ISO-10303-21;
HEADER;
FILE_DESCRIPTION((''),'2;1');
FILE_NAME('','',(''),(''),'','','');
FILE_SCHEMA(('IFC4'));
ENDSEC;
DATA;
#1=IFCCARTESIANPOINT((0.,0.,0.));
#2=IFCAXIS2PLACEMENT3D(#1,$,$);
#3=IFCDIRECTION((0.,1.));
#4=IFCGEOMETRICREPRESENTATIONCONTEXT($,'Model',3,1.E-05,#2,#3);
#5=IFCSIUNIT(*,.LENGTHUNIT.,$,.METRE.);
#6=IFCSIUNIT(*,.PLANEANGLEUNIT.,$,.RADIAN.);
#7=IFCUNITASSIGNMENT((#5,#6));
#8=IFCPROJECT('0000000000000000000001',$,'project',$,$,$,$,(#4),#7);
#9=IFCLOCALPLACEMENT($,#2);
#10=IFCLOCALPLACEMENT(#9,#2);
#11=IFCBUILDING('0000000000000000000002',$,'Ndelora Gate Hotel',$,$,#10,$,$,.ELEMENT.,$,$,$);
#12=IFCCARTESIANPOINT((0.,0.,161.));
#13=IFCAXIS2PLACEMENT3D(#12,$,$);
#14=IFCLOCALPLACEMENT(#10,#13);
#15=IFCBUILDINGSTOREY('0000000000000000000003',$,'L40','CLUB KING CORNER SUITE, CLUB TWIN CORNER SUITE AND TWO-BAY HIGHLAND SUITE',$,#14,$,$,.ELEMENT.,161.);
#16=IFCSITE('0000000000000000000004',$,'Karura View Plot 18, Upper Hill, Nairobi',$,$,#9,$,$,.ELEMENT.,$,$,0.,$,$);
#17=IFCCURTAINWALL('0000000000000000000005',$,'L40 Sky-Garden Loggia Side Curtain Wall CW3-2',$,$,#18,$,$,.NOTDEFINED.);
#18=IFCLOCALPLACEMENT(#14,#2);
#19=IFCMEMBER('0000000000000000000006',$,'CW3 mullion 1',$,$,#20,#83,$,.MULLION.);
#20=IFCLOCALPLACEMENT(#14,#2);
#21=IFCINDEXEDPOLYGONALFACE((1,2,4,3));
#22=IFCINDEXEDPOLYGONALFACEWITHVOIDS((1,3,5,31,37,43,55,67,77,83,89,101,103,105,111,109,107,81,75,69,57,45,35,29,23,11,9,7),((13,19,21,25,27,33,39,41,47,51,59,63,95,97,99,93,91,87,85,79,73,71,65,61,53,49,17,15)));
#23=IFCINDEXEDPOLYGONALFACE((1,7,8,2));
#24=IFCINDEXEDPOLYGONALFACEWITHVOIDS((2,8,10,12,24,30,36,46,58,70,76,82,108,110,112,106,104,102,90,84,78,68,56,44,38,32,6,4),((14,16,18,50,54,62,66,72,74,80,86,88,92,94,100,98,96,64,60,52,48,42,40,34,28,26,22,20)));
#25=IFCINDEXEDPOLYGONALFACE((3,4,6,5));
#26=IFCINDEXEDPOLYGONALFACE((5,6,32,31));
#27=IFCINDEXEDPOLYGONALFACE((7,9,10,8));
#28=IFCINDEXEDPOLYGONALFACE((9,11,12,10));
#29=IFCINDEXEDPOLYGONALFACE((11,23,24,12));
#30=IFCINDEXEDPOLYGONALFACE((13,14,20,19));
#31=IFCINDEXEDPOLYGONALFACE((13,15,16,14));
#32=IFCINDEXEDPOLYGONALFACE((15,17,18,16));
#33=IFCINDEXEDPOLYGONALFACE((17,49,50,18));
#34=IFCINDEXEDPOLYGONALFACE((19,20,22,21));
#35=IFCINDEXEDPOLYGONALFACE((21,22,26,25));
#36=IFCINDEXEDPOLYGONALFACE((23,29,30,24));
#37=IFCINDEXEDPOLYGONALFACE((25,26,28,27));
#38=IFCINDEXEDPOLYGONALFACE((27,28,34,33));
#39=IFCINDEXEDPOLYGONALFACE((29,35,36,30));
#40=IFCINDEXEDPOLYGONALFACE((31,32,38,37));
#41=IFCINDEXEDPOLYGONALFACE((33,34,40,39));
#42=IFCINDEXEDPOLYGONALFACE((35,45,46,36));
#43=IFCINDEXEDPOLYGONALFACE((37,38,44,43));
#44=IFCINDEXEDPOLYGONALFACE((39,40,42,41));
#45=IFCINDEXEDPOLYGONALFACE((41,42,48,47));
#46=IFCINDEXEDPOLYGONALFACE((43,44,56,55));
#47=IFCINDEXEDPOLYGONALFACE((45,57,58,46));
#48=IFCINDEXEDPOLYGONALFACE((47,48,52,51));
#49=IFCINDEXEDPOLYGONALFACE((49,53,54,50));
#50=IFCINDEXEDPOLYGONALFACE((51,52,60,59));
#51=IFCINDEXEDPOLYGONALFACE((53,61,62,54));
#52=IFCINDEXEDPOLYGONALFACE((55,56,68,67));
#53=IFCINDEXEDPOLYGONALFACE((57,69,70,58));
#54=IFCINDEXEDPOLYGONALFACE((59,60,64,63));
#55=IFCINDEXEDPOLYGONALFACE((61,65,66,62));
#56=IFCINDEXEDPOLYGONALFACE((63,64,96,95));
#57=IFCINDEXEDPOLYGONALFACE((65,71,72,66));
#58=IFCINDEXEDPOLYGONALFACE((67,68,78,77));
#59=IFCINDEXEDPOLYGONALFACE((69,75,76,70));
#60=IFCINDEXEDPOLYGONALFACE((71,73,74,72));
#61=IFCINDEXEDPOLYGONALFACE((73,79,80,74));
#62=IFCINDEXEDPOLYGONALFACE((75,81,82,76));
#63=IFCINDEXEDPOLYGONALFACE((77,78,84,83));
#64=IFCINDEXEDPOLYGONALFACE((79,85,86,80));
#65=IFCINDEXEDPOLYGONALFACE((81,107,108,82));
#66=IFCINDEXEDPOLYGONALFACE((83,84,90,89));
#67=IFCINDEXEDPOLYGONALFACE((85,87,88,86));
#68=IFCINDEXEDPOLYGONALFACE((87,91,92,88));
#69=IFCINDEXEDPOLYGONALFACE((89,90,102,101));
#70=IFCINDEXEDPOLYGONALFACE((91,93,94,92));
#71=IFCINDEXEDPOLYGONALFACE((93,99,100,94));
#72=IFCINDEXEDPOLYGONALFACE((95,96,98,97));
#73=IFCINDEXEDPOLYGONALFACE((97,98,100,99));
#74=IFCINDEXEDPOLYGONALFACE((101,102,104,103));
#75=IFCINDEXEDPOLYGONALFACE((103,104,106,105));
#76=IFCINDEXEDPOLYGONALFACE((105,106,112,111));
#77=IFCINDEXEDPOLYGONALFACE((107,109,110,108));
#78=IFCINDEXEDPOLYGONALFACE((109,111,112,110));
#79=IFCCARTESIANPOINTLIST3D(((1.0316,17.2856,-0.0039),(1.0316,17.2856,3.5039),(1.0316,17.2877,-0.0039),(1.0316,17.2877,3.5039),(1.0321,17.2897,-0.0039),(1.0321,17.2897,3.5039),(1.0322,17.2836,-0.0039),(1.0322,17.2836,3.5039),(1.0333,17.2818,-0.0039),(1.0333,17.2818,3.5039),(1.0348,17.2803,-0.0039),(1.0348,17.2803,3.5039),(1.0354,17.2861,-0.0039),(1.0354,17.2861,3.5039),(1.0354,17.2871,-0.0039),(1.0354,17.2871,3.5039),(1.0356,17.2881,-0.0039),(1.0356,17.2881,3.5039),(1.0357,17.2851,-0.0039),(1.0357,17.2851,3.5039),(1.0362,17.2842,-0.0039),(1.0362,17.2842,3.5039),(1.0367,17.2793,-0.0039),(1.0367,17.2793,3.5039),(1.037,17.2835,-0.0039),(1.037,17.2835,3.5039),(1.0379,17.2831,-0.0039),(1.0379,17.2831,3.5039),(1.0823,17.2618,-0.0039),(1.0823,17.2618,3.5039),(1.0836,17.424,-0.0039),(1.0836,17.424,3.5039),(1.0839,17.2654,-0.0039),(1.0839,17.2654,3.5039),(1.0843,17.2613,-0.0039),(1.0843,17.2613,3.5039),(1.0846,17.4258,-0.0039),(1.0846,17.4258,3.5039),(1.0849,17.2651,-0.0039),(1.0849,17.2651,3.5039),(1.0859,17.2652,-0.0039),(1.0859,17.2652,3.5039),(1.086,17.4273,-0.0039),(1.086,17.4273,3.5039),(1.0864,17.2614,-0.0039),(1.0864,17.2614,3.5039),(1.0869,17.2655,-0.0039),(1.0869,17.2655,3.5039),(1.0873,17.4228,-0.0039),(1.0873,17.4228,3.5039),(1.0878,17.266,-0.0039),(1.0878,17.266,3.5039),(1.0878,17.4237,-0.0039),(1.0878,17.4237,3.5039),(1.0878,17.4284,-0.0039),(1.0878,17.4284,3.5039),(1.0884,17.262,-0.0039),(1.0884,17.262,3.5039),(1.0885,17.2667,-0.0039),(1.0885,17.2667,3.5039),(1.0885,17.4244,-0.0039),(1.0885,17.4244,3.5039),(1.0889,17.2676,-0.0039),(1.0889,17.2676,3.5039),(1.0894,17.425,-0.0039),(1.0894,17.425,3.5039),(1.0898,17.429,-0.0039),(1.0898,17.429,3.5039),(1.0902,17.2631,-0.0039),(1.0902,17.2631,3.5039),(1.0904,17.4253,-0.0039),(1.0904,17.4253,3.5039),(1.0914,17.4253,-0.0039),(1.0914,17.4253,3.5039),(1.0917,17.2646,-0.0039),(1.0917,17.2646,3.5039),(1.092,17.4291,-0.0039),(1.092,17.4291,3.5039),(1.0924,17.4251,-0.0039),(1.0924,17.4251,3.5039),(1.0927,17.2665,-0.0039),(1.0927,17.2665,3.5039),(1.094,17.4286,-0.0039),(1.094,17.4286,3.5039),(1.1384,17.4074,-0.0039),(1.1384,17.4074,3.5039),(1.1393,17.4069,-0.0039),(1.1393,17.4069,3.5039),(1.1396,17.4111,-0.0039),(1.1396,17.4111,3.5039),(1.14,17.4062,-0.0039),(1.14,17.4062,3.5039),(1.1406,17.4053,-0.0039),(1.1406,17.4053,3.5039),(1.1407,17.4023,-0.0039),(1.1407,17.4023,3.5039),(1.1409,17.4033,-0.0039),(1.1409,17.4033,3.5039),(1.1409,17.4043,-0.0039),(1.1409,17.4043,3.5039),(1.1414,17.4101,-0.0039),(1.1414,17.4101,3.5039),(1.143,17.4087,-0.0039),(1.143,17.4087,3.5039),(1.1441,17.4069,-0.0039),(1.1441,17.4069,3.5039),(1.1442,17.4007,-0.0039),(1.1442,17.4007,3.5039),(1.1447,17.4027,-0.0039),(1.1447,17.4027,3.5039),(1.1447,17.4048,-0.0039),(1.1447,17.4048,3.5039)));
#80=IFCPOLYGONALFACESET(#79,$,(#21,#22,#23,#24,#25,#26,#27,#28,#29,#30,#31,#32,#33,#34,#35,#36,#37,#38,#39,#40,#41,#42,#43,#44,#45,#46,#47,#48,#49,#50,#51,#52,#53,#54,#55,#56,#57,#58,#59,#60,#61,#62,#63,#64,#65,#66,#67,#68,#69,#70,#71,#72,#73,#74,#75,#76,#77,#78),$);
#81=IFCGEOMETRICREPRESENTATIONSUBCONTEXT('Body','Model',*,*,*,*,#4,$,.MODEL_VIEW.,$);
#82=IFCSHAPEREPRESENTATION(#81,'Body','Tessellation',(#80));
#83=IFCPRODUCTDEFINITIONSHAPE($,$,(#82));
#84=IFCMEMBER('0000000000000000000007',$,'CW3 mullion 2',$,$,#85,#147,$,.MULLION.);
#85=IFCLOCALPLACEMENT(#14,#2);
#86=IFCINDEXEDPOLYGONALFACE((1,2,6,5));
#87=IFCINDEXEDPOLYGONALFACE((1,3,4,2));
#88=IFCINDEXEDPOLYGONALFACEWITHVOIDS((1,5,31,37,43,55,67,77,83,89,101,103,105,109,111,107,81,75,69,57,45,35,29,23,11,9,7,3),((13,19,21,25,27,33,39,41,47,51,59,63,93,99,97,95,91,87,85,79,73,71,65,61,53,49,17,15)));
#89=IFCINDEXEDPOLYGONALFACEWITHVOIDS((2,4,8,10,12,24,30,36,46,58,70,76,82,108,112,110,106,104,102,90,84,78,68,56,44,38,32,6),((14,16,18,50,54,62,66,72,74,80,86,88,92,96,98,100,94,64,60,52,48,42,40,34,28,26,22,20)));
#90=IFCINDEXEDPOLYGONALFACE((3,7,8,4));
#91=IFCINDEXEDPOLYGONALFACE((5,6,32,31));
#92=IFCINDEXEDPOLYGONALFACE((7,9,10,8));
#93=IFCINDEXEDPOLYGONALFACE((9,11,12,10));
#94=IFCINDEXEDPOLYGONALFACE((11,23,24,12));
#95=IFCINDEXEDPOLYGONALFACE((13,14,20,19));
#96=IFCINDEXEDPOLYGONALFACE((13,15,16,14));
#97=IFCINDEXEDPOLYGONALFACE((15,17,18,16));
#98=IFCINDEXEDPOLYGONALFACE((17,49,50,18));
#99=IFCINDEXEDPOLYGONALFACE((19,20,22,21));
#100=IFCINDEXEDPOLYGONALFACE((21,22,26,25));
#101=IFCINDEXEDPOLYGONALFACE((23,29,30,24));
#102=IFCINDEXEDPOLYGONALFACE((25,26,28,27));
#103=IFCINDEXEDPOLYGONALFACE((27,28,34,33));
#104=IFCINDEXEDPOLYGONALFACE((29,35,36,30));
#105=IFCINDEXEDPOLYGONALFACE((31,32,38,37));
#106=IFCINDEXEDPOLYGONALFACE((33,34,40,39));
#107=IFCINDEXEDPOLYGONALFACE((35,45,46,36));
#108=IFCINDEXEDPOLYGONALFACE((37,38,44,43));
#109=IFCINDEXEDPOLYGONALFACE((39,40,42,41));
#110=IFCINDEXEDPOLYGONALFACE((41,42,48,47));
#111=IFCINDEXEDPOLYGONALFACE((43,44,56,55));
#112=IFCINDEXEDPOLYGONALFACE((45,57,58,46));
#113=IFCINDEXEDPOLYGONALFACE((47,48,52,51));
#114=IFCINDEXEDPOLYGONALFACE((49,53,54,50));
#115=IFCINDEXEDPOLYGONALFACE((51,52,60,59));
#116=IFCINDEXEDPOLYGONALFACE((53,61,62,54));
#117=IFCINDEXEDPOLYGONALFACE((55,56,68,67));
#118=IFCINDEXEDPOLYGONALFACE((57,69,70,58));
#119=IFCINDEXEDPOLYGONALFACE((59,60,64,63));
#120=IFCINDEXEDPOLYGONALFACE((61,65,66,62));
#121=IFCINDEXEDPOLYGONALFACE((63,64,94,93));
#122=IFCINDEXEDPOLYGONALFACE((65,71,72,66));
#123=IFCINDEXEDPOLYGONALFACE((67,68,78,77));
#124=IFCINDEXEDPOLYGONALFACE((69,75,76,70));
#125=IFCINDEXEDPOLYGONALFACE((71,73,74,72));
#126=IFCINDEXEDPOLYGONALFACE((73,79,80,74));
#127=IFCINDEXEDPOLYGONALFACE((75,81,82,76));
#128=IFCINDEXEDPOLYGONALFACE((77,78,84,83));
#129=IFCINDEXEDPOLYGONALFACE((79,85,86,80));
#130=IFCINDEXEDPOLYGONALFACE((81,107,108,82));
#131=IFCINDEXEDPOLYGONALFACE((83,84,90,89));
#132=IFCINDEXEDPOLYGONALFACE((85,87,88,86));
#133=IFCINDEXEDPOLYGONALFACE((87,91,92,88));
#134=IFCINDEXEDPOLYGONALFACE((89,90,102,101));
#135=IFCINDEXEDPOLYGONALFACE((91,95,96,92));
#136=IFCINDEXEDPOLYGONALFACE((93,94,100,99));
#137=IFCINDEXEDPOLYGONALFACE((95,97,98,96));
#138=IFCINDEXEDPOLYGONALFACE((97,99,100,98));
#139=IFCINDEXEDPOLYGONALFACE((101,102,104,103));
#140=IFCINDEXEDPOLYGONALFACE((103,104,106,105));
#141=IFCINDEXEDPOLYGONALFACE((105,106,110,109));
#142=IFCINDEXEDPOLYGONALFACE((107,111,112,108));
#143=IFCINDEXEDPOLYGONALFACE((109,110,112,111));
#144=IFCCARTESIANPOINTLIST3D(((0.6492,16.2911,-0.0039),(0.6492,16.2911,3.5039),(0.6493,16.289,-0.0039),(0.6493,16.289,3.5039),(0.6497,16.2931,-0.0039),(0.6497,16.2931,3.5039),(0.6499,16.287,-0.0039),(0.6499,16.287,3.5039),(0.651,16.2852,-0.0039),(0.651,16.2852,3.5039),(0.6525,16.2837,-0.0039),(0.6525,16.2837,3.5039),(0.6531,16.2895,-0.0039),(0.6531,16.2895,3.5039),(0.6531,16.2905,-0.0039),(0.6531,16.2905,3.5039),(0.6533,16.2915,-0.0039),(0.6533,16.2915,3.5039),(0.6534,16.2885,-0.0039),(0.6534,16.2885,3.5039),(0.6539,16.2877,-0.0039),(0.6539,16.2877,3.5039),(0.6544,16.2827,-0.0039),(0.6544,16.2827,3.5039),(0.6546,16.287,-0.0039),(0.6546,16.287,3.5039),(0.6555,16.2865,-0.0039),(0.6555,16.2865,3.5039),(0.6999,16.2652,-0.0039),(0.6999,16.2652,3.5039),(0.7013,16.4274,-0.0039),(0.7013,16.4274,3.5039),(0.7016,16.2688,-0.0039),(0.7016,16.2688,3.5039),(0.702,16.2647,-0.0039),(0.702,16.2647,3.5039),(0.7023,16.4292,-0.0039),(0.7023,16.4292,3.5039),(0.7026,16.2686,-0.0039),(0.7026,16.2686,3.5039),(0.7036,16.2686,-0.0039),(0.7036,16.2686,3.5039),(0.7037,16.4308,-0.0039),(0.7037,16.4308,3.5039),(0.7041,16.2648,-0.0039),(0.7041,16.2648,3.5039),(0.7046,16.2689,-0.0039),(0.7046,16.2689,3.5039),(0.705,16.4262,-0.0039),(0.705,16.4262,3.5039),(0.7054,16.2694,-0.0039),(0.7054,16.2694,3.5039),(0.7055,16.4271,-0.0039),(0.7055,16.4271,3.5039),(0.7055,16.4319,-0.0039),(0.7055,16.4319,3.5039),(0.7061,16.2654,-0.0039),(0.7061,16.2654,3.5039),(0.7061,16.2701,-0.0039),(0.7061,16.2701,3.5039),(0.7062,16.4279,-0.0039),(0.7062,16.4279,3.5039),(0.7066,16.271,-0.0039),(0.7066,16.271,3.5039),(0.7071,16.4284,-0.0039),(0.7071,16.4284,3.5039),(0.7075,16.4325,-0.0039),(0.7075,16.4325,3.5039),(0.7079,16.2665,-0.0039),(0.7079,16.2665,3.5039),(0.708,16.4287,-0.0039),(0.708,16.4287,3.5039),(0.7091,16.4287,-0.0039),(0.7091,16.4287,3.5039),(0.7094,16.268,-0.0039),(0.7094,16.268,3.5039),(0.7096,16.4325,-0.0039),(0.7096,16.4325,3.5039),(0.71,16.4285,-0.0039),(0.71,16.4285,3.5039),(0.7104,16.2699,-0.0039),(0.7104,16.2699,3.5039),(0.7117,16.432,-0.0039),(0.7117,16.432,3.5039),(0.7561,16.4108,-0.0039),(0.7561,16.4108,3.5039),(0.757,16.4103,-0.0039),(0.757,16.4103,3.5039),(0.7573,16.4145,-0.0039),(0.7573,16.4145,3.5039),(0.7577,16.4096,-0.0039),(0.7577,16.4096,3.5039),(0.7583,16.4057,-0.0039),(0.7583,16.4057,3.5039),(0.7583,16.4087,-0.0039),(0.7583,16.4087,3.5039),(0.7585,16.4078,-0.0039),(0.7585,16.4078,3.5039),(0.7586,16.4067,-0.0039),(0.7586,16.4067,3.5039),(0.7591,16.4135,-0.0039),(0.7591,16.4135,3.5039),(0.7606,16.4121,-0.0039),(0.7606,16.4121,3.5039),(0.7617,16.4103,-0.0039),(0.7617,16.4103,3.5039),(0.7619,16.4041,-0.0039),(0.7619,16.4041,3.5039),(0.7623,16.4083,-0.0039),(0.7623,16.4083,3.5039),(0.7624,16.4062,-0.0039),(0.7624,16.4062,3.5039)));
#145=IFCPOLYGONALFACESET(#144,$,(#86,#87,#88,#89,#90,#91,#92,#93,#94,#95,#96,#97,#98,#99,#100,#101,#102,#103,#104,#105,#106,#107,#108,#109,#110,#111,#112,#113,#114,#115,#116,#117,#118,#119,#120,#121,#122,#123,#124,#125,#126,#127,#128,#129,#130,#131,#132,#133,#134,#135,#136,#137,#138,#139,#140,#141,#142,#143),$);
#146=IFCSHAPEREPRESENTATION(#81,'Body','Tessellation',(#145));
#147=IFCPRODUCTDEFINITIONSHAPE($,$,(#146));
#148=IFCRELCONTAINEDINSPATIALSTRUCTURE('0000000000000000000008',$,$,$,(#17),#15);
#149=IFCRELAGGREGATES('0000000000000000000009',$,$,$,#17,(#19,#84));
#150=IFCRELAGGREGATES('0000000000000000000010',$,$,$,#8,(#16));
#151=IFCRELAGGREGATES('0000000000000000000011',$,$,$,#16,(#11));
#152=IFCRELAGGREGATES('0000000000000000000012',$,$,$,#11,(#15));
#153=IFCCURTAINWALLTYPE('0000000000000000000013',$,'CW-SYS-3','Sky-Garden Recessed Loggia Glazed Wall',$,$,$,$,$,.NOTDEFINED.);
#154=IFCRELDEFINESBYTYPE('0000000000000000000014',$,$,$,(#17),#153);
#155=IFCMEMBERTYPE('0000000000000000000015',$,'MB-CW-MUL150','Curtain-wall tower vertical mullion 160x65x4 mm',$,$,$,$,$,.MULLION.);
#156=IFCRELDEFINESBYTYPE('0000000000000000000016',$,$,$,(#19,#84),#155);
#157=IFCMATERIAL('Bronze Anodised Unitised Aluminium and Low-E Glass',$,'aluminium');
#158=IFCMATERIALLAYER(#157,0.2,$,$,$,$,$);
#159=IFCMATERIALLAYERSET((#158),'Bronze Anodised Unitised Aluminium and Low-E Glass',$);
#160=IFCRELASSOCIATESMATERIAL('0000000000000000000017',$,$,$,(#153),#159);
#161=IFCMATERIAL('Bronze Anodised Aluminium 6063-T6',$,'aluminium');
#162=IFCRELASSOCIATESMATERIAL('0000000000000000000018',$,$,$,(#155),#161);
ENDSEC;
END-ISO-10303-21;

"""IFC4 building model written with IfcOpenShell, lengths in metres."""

from ifc_helpers import new_model, si_unit, direction, frame, origin, origin_2d, place, context, subcontext, project, spatial, hollow_rectangle, extrude, material, layer, layer_set, material_profile, profile_set, type_object, element, aggregate, save


model = new_model("IFC4")

# Units and contexts
model_context = context("Model", 3, precision=1e-05, world=origin(), true_north=direction((0.0, 1.0)))
body_context = subcontext(model_context, "Body", "Model", "MODEL_VIEW")
ifc_project = project(units=[si_unit("LENGTHUNIT", "METRE"), si_unit("PLANEANGLEUNIT", "RADIAN")], contexts=[model_context])

# Site, building, storey
site_placement = place(None, origin())
site = spatial("IfcSite", under=ifc_project, at=site_placement, Name="Karura View Plot 18, Upper Hill, Nairobi", CompositionType="ELEMENT", RefElevation=0.0)
building_placement = place(site_placement, origin())
building = spatial("IfcBuilding", under=site, at=building_placement, Name="Ndelora Gate Hotel", CompositionType="ELEMENT")
storey_placement = place(building_placement, frame((0.0, 0.0, 161.0)))
storey = spatial("IfcBuildingStorey", under=building, at=storey_placement, Name="L40", Description="CLUB KING CORNER SUITE, CLUB TWIN CORNER SUITE AND TWO-BAY HIGHLAND SUITE", CompositionType="ELEMENT", Elevation=161.0)

# Curtain wall, members
ifc_material_1 = material(Name="Bronze Anodised Unitised Aluminium and Low-E Glass", Category="aluminium")
ifc_layer_1 = layer(ifc_material_1, 0.2)
ifc_layer_set_1 = layer_set([ifc_layer_1], Name="Bronze Anodised Unitised Aluminium and Low-E Glass")
curtain_wall_type = type_object("IfcCurtainWallType", Name="CW-SYS-3", Description="Sky-Garden Recessed Loggia Glazed Wall", PredefinedType="NOTDEFINED", material=ifc_layer_set_1)
curtain_wall_placement = place(storey_placement, origin())
curtain_wall = element("IfcCurtainWall", 1, at=curtain_wall_placement, inside=storey, type_object=curtain_wall_type, Name="L40 Sky-Garden Loggia Side Curtain Wall CW3-2", PredefinedType="NOTDEFINED")
ifc_material_2 = material(Name="Bronze Anodised Aluminium 6063-T6", Category="aluminium")
ifc_material_profile_1 = material_profile(ifc_material_2, hollow_rectangle(XDim=0.0649, YDim=0.1599, WallThickness=0.0039, InnerFilletRadius=0.0039, OuterFilletRadius=0.0081, at=origin_2d()), Name="ALU 160x65x4")
ifc_profile_set_1 = profile_set([ifc_material_profile_1], Name="Bronze Anodised Aluminium 6063-T6")
member_type_1 = type_object("IfcMemberType", Name="MB-CW-MUL150", Description="Curtain-wall tower vertical mullion 160x65x4 mm", PredefinedType="MULLION", material=ifc_profile_set_1)
member_1_placement = place(storey_placement, frame((1.0881, 17.3452, -0.0039), z_axis=(0.0, 0.0, 1.0), x_axis=(0.933577, -0.358376, 0.0)))
member_1 = element("IfcMember", 2, at=member_1_placement, type_object=member_type_1, Name="CW3 mullion 1", PredefinedType="MULLION", context=body_context, shape_type="SweptSolid", body=[
    extrude(hollow_rectangle(XDim=0.0649, YDim=0.1599, WallThickness=0.0039, InnerFilletRadius=0.0039, OuterFilletRadius=0.0081, at=origin_2d()), origin(), (0.0, 0.0, 1.0), 3.5078),
])
member_2_placement = place(storey_placement, frame((0.7058, 16.3486, -0.0039), z_axis=(0.0, 0.0, 1.0), x_axis=(0.933577, -0.358376, 0.0)))
member_2 = element("IfcMember", 3, at=member_2_placement, type_object=member_type_1, Name="CW3 mullion 2", PredefinedType="MULLION", context=body_context, shape_type="SweptSolid", body=[
    extrude(hollow_rectangle(XDim=0.0649, YDim=0.1599, WallThickness=0.0039, InnerFilletRadius=0.0039, OuterFilletRadius=0.0081, at=origin_2d()), origin(), (0.0, 0.0, 1.0), 3.5078),
])
aggregate(curtain_wall, [member_1, member_2])

save(model, "model.ifc")
